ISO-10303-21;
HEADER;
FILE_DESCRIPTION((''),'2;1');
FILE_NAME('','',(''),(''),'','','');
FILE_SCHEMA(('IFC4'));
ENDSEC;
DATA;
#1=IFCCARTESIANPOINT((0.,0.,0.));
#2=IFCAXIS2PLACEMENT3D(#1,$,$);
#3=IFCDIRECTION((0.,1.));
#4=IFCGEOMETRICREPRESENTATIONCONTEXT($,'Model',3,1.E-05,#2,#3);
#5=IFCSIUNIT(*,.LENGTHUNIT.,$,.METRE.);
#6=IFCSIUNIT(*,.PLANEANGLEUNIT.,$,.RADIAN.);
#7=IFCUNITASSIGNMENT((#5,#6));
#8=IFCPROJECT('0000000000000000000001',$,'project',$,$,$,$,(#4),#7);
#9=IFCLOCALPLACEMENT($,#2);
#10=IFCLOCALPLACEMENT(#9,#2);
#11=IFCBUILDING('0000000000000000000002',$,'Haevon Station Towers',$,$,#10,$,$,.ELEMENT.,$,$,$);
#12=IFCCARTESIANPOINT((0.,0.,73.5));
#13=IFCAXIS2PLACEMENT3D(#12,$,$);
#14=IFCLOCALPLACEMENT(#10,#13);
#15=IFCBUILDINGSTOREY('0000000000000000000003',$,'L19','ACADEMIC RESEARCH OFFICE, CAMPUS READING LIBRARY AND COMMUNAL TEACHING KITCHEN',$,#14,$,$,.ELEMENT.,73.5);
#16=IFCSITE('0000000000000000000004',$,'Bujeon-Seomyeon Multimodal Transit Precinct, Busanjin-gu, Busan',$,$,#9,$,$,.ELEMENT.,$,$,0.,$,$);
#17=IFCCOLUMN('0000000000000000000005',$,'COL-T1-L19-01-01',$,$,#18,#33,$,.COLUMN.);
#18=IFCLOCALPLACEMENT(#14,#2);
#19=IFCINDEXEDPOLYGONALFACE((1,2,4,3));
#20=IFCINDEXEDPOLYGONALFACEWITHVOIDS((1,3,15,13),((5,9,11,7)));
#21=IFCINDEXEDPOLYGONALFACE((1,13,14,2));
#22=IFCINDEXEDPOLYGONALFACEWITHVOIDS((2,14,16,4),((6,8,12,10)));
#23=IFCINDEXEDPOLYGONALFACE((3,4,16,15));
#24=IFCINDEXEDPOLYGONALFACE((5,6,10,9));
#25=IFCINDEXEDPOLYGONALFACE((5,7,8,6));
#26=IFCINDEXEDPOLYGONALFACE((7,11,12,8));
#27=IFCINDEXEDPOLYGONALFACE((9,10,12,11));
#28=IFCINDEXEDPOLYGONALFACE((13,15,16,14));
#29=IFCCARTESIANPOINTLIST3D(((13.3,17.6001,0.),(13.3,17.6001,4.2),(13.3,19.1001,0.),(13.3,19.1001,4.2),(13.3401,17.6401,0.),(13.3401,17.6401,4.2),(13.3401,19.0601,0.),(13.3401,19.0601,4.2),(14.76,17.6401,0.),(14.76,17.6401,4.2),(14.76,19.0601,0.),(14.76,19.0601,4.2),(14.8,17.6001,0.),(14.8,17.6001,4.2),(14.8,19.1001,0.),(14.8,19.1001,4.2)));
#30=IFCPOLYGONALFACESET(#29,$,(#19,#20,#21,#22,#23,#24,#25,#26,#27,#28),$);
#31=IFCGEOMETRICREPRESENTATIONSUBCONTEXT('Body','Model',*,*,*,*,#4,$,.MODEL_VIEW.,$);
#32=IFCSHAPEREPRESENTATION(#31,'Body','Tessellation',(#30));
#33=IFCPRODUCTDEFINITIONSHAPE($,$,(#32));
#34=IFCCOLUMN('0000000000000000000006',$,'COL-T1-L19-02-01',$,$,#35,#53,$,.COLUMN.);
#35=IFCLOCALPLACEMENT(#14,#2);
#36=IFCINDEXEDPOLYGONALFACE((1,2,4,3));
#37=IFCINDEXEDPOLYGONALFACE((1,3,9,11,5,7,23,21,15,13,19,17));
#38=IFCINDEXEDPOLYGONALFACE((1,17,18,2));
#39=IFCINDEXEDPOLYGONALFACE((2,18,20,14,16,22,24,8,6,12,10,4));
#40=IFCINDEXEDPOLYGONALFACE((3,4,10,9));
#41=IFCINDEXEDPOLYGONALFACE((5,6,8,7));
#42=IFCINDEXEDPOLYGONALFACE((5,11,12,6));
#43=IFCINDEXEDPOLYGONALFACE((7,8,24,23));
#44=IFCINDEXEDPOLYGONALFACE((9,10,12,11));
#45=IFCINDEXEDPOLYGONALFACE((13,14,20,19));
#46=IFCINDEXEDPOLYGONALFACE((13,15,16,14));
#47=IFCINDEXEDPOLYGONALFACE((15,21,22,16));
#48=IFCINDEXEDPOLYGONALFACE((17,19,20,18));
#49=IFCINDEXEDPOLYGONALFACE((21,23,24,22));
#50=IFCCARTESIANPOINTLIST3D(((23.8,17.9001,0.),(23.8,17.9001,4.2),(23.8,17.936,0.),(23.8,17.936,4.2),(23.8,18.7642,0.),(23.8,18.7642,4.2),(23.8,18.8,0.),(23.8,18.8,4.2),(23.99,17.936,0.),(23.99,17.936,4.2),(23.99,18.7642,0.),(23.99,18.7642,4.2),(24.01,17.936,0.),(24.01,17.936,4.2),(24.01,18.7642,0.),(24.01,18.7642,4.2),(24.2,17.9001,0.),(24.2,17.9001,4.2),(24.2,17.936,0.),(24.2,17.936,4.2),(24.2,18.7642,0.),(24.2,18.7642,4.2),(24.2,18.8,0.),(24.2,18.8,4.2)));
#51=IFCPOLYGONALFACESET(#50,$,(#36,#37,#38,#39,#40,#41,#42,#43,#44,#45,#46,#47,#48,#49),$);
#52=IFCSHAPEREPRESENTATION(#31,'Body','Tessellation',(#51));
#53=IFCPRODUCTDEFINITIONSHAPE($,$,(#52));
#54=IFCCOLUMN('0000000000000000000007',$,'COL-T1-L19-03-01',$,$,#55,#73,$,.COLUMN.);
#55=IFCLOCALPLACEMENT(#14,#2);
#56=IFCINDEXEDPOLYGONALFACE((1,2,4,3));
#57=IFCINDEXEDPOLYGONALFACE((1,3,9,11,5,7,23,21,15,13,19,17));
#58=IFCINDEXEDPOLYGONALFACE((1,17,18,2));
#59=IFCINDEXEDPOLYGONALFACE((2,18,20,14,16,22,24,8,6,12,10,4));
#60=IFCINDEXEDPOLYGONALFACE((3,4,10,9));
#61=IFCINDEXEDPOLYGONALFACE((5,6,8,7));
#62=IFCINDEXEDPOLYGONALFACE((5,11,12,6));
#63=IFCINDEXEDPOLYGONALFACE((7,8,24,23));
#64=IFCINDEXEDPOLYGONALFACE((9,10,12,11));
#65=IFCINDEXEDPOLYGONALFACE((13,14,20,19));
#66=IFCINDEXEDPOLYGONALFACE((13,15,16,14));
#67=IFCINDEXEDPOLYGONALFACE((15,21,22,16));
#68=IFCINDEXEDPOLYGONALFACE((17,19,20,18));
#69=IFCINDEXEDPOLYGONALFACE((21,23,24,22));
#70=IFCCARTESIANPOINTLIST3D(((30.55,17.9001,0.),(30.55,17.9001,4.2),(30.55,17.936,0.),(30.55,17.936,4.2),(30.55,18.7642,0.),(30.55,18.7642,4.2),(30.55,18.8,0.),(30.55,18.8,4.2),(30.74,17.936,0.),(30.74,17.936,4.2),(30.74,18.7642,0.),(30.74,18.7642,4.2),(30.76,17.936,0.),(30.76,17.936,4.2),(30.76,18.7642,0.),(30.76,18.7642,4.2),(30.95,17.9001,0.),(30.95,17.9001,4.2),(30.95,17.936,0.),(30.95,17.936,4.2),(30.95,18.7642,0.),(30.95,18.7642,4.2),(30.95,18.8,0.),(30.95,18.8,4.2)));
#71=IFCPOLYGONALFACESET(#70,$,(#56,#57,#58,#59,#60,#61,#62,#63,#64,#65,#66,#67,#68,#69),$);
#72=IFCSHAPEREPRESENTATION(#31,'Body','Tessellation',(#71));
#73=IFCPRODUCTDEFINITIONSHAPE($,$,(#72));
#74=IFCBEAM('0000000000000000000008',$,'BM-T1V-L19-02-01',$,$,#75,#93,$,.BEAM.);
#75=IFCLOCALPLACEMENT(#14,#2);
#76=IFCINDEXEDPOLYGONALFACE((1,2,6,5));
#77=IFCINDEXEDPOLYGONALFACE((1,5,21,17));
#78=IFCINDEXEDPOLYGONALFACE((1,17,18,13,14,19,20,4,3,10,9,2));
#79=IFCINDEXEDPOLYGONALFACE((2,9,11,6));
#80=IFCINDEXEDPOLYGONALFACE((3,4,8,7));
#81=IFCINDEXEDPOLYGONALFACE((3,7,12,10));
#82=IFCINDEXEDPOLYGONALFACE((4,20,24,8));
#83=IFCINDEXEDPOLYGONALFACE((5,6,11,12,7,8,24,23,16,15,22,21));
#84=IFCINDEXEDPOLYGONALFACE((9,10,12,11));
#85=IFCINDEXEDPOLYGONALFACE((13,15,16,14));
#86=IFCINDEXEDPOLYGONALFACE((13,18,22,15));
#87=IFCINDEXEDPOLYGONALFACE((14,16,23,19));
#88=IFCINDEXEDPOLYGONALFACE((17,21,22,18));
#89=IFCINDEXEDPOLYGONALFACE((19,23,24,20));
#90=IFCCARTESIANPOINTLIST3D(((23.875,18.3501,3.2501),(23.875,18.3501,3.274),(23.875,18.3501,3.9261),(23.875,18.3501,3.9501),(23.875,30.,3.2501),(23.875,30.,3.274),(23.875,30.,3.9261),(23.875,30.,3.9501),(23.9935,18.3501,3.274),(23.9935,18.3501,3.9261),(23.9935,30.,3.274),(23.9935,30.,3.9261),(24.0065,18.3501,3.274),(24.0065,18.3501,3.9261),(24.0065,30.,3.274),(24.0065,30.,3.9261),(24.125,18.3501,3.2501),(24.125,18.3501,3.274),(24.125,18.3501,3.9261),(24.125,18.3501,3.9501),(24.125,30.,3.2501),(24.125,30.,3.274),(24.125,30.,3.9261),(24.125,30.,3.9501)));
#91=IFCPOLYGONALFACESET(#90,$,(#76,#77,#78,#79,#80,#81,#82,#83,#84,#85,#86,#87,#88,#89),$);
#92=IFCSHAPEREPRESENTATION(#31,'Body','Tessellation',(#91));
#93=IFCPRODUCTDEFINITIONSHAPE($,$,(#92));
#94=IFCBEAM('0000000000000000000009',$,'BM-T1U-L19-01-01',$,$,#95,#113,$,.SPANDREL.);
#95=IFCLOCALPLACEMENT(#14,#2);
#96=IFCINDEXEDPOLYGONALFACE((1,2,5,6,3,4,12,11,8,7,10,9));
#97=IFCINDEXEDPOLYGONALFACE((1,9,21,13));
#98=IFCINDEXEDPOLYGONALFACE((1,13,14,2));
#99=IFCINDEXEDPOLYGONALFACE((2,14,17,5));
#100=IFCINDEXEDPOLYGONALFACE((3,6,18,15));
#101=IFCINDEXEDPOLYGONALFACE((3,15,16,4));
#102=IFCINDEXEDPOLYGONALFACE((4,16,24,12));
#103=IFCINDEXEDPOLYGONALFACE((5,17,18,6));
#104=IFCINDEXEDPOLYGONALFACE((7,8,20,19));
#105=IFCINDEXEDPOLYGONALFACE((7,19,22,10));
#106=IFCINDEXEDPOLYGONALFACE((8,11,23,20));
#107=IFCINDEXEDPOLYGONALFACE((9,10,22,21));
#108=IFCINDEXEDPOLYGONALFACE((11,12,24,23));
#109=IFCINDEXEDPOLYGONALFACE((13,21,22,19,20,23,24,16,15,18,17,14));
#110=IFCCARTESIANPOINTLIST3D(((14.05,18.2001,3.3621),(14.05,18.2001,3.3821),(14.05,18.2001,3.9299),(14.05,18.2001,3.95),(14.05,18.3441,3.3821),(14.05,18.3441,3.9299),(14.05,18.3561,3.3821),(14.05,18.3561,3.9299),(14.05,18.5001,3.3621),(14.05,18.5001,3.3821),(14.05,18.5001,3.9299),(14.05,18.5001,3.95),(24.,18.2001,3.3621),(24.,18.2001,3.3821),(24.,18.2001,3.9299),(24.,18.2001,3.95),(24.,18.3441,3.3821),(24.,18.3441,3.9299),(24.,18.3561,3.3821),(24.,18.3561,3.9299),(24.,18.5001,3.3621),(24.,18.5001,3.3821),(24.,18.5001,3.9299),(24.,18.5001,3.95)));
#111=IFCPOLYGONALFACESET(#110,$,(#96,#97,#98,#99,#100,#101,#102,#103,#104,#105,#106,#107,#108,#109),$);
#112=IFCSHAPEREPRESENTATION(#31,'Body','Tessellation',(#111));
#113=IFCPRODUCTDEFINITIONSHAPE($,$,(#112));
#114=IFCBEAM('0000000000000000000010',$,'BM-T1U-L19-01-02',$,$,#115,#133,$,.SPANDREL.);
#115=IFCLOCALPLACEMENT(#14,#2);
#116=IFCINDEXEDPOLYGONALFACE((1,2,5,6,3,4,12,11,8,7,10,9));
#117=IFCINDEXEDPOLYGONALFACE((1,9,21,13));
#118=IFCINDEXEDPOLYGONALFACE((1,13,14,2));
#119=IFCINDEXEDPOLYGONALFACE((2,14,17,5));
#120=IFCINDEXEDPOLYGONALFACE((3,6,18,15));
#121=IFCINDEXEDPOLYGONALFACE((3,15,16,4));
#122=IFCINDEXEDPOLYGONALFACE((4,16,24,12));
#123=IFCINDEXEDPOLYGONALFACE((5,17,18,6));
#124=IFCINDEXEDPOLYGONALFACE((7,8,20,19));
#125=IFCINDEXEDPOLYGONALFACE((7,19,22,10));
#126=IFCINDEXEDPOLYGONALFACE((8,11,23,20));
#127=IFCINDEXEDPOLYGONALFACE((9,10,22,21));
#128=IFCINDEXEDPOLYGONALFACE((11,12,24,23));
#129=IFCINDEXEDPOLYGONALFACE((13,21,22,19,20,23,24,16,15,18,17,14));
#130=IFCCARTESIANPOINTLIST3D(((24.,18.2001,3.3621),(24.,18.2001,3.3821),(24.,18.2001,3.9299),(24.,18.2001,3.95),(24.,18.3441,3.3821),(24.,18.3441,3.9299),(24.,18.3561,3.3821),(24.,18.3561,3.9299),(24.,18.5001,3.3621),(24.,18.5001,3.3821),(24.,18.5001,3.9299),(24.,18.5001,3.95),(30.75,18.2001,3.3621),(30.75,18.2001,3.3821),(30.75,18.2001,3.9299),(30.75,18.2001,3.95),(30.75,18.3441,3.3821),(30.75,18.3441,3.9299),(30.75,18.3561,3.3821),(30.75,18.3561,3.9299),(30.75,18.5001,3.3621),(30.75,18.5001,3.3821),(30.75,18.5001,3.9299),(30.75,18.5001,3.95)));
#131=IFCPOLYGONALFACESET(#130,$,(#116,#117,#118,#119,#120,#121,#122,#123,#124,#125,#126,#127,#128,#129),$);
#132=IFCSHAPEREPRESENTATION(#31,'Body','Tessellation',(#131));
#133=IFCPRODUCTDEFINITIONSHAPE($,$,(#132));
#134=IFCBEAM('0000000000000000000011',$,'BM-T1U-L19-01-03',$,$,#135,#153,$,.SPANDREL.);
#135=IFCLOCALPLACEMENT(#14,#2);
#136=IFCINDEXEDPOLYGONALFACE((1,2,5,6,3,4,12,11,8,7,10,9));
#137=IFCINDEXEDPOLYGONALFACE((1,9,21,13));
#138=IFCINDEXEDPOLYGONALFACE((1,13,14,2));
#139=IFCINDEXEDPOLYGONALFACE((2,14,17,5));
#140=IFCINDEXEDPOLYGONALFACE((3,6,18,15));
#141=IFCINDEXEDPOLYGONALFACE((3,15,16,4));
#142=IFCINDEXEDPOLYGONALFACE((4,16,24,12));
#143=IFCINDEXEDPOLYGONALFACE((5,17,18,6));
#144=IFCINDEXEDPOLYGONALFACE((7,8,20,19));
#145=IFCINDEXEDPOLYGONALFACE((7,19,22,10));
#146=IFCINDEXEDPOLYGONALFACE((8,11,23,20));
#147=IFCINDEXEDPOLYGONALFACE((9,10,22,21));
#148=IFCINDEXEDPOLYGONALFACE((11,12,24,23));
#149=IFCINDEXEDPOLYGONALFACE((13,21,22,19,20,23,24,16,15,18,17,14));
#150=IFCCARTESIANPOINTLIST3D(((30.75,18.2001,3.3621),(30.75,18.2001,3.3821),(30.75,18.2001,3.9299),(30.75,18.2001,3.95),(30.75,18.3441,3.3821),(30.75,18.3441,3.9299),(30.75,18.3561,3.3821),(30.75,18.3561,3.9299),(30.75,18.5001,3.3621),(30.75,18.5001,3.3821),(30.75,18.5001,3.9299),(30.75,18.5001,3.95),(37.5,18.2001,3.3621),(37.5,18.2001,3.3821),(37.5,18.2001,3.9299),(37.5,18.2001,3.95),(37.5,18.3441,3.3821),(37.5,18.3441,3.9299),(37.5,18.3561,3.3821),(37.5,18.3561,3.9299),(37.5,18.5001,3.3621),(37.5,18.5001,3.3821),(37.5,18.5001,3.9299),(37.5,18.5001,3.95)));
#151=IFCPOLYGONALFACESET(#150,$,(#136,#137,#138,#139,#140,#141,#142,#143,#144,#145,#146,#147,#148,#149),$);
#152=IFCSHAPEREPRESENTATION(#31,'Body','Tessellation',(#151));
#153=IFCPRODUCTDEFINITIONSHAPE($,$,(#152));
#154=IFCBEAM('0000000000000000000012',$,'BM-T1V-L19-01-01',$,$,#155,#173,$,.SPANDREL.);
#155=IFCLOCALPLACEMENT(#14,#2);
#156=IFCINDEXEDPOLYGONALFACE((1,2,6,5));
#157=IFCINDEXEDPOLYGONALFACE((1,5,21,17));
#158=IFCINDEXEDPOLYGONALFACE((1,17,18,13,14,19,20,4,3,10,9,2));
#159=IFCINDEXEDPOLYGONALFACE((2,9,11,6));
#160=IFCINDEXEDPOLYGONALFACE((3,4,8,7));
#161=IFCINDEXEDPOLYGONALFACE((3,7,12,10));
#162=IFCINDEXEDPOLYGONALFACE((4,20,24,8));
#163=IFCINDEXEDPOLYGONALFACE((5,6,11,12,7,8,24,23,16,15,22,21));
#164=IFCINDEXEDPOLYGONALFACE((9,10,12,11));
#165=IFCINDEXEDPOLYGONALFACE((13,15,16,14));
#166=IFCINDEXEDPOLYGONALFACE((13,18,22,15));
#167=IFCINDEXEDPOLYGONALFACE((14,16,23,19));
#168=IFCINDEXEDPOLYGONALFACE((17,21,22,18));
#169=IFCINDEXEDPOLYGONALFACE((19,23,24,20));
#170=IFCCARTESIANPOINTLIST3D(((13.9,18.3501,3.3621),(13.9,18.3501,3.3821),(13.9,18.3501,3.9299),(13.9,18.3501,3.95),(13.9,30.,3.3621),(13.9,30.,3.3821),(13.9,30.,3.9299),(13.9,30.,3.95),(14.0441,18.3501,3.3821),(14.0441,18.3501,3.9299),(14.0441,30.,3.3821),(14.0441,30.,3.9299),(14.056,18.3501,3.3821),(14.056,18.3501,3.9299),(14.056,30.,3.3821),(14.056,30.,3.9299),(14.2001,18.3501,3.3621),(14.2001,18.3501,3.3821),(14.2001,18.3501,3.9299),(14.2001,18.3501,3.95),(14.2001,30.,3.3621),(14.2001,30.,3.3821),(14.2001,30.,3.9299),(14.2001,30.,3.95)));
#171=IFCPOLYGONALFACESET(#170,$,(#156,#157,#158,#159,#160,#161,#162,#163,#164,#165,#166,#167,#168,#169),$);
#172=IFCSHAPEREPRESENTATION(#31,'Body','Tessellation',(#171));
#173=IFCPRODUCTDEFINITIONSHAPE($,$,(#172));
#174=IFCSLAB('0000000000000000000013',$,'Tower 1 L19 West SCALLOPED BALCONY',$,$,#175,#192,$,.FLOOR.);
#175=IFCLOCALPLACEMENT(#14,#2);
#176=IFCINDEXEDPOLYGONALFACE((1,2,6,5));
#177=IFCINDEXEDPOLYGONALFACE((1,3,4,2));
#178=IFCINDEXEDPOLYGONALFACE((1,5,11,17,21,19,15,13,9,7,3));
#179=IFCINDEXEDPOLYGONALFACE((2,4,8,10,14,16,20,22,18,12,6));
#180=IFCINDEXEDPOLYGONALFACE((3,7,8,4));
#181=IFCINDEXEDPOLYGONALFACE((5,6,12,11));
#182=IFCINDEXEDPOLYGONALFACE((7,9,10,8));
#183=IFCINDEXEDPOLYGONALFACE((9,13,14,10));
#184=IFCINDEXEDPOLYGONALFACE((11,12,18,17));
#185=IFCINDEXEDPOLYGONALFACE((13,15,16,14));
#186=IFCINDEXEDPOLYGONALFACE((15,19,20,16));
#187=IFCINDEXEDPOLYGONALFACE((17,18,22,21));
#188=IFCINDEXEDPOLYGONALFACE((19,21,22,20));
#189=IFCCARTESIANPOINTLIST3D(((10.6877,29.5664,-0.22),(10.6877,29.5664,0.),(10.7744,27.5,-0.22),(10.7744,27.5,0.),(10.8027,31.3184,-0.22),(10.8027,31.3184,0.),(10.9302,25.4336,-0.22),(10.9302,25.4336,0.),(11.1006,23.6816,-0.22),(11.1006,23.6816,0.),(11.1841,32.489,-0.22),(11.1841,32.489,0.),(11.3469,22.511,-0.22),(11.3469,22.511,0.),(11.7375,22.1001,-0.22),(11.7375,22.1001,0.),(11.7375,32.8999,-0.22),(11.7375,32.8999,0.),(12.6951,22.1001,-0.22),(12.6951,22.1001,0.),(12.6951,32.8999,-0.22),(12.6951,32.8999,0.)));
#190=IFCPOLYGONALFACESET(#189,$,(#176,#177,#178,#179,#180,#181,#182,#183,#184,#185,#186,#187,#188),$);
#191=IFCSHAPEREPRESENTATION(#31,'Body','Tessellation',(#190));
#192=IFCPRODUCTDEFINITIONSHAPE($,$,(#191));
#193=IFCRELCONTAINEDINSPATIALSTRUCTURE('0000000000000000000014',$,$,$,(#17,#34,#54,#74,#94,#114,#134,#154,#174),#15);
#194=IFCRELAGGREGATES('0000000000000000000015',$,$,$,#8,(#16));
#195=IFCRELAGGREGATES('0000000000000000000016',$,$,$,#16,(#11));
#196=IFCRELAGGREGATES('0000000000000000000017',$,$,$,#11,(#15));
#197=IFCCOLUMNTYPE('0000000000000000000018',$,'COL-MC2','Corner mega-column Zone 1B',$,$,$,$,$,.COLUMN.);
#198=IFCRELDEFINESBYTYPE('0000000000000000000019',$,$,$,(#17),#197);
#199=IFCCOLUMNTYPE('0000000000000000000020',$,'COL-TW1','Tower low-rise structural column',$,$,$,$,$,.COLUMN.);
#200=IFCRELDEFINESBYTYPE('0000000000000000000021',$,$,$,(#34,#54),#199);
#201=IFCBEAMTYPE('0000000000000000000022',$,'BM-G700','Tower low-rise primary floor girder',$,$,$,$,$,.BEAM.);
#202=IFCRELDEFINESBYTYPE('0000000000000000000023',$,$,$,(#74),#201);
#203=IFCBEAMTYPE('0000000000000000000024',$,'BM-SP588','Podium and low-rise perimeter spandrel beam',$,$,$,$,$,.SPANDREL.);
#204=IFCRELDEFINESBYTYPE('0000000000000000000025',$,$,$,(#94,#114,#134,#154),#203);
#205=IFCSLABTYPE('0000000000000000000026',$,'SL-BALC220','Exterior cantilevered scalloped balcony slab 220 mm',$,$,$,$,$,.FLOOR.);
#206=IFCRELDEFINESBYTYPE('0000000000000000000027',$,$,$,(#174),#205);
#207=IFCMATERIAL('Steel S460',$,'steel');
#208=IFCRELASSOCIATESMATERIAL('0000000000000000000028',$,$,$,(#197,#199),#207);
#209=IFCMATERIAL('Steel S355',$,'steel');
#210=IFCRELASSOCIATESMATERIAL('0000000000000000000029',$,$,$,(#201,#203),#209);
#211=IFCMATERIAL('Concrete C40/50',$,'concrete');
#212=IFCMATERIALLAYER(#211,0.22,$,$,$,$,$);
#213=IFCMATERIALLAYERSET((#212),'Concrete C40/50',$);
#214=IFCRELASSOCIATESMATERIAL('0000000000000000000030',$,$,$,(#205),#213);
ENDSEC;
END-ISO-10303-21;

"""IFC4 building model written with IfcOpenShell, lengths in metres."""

from ifc_helpers import new_model, si_unit, direction, frame, origin, origin_2d, place, context, subcontext, project, spatial, polyline, hollow_rectangle, i_section, outline, extrude, material, layer, layer_set, material_profile, profile_set, type_object, element, save


model = new_model("IFC4")

# Units and contexts
model_context = context("Model", 3, precision=1e-05, world=origin(), true_north=direction((0.0, 1.0)))
body_context = subcontext(model_context, "Body", "Model", "MODEL_VIEW")
ifc_project = project(units=[si_unit("LENGTHUNIT", "METRE"), si_unit("PLANEANGLEUNIT", "RADIAN")], contexts=[model_context])

# Site, building, storey
site_placement = place(None, origin())
site = spatial("IfcSite", under=ifc_project, at=site_placement, Name="Bujeon-Seomyeon Multimodal Transit Precinct, Busanjin-gu, Busan", CompositionType="ELEMENT", RefElevation=0.0)
building_placement = place(site_placement, origin())
building = spatial("IfcBuilding", under=site, at=building_placement, Name="Haevon Station Towers", CompositionType="ELEMENT")
storey_placement = place(building_placement, frame((0.0, 0.0, 73.5)))
storey = spatial("IfcBuildingStorey", under=building, at=storey_placement, Name="L19", Description="ACADEMIC RESEARCH OFFICE, CAMPUS READING LIBRARY AND COMMUNAL TEACHING KITCHEN", CompositionType="ELEMENT", Elevation=73.5)

# Columns
ifc_material_1 = material(Name="Steel S460", Category="steel")
ifc_material_profile_1 = material_profile(ifc_material_1, hollow_rectangle(XDim=1.5, YDim=1.5, WallThickness=0.04, at=origin_2d()), Name="BOX-1500x1500x40")
ifc_profile_set_1 = profile_set([ifc_material_profile_1], Name="Steel S460")
column_type_1 = type_object("IfcColumnType", Name="COL-MC2", Description="Corner mega-column Zone 1B", PredefinedType="COLUMN", material=ifc_profile_set_1)
column_placement = place(storey_placement, frame((14.05, 18.3501, 0.0), z_axis=(0.0, 0.0, 1.0), x_axis=(1.0, 0.0, 0.0)))
element("IfcColumn", 1, at=column_placement, inside=storey, type_object=column_type_1, Name="COL-T1-L19-01-01", PredefinedType="COLUMN", context=body_context, shape_type="SweptSolid", body=[
    extrude(hollow_rectangle(XDim=1.5, YDim=1.5, WallThickness=0.04, at=origin_2d()), origin(), (0.0, 0.0, 1.0), 4.2),
])
ifc_material_profile_2 = material_profile(ifc_material_1, i_section(OverallWidth=0.3999, OverallDepth=0.8999, WebThickness=0.02, FlangeThickness=0.0359, at=origin_2d()), Name="H-900x400x20x36")
ifc_profile_set_2 = profile_set([ifc_material_profile_2], Name="Steel S460")
column_type_2 = type_object("IfcColumnType", Name="COL-TW1", Description="Tower low-rise structural column", PredefinedType="COLUMN", material=ifc_profile_set_2)
for number, where, z_axis, x_axis, name in (
    (2, (24.0, 18.3501, 0.0), (0.0, 0.0, 1.0), (1.0, 0.0, 0.0), "COL-T1-L19-02-01"),
    (3, (30.75, 18.3501, 0.0), (0.0, 0.0, 1.0), (1.0, 0.0, 0.0), "COL-T1-L19-03-01"),
):
    element("IfcColumn", number, at=place(storey_placement, frame(where, z_axis=z_axis, x_axis=x_axis)), inside=storey, type_object=column_type_2, Name=name, PredefinedType="COLUMN", context=body_context, shape_type="SweptSolid", body=[
        extrude(i_section(OverallWidth=0.3999, OverallDepth=0.8999, WebThickness=0.02, FlangeThickness=0.0359, at=origin_2d()), origin(), (0.0, 0.0, 1.0), 4.2),
    ])

# Beams
ifc_material_2 = material(Name="Steel S355", Category="steel")
ifc_material_profile_3 = material_profile(ifc_material_2, i_section(OverallWidth=0.25, OverallDepth=0.7, WebThickness=0.0129, FlangeThickness=0.0239, at=origin_2d()), Name="H-700x250x13x24")
ifc_profile_set_3 = profile_set([ifc_material_profile_3], Name="Steel S355")
beam_type_1 = type_object("IfcBeamType", Name="BM-G700", Description="Tower low-rise primary floor girder", PredefinedType="BEAM", material=ifc_profile_set_3)
beam_1_placement = place(storey_placement, frame((24.0, 18.3501, 3.6001), z_axis=(0.0, 1.0, 0.0), x_axis=(-1.0, 0.0, 0.0)))
element("IfcBeam", 4, at=beam_1_placement, inside=storey, type_object=beam_type_1, Name="BM-T1V-L19-02-01", PredefinedType="BEAM", context=body_context, shape_type="SweptSolid", body=[
    extrude(i_section(OverallWidth=0.25, OverallDepth=0.7, WebThickness=0.0129, FlangeThickness=0.0239, at=origin_2d()), origin(), (0.0, 0.0, 1.0), 11.6499),
])
ifc_material_profile_4 = material_profile(ifc_material_2, i_section(OverallWidth=0.3, OverallDepth=0.5879, WebThickness=0.012, FlangeThickness=0.02, at=origin_2d()), Name="H-588x300x12x20")
ifc_profile_set_4 = profile_set([ifc_material_profile_4], Name="Steel S355")
beam_type_2 = type_object("IfcBeamType", Name="BM-SP588", Description="Podium and low-rise perimeter spandrel beam", PredefinedType="SPANDREL", material=ifc_profile_set_4)
beam_2_placement = place(storey_placement, frame((14.05, 18.3501, 3.656), z_axis=(1.0, 0.0, 0.0), x_axis=(0.0, 1.0, 0.0)))
element("IfcBeam", 5, at=beam_2_placement, inside=storey, type_object=beam_type_2, Name="BM-T1U-L19-01-01", PredefinedType="SPANDREL", context=body_context, shape_type="SweptSolid", body=[
    extrude(i_section(OverallWidth=0.3, OverallDepth=0.5879, WebThickness=0.012, FlangeThickness=0.02, at=origin_2d()), origin(), (0.0, 0.0, 1.0), 9.95),
])
for number, where, z_axis, x_axis, name in (
    (6, (24.0, 18.3501, 3.656), (1.0, 0.0, 0.0), (0.0, 1.0, 0.0), "BM-T1U-L19-01-02"),
    (7, (30.75, 18.3501, 3.656), (1.0, 0.0, 0.0), (0.0, 1.0, 0.0), "BM-T1U-L19-01-03"),
):
    element("IfcBeam", number, at=place(storey_placement, frame(where, z_axis=z_axis, x_axis=x_axis)), inside=storey, type_object=beam_type_2, Name=name, PredefinedType="SPANDREL", context=body_context, shape_type="SweptSolid", body=[
        extrude(i_section(OverallWidth=0.3, OverallDepth=0.5879, WebThickness=0.012, FlangeThickness=0.02, at=origin_2d()), origin(), (0.0, 0.0, 1.0), 6.75),
    ])
beam_3_placement = place(storey_placement, frame((14.05, 18.3501, 3.656), z_axis=(0.0, 1.0, 0.0), x_axis=(-1.0, 0.0, 0.0)))
element("IfcBeam", 8, at=beam_3_placement, inside=storey, type_object=beam_type_2, Name="BM-T1V-L19-01-01", PredefinedType="SPANDREL", context=body_context, shape_type="SweptSolid", body=[
    extrude(i_section(OverallWidth=0.3, OverallDepth=0.5879, WebThickness=0.012, FlangeThickness=0.02, at=origin_2d()), origin(), (0.0, 0.0, 1.0), 11.6499),
])

# Slab
ifc_material_3 = material(Name="Concrete C40/50", Category="concrete")
ifc_layer_1 = layer(ifc_material_3, 0.22)
ifc_layer_set_1 = layer_set([ifc_layer_1], Name="Concrete C40/50")
slab_type_1 = type_object("IfcSlabType", Name="SL-BALC220", Description="Exterior cantilevered scalloped balcony slab 220 mm", PredefinedType="FLOOR", material=ifc_layer_set_1)
slab_1_placement = place(storey_placement, frame((0.0, 0.0, -0.22)))
element("IfcSlab", 9, at=slab_1_placement, inside=storey, type_object=slab_type_1, Name="Tower 1 L19 West SCALLOPED BALCONY", PredefinedType="FLOOR", context=body_context, shape_type="SweptSolid", body=[
    extrude(outline(polyline([(12.6951, 32.8999), (11.7375, 32.8999), (11.1841, 32.489), (10.8027, 31.3184), (10.6877, 29.5664), (10.7744, 27.5), (10.9302, 25.4336), (11.1006, 23.6816), (11.3469, 22.511), (11.7375, 22.1001), (12.6951, 22.1001), (12.6951, 32.8999)])), origin(), (0.0, 0.0, 1.0), 0.22),
])

save(model, "model.ifc")
